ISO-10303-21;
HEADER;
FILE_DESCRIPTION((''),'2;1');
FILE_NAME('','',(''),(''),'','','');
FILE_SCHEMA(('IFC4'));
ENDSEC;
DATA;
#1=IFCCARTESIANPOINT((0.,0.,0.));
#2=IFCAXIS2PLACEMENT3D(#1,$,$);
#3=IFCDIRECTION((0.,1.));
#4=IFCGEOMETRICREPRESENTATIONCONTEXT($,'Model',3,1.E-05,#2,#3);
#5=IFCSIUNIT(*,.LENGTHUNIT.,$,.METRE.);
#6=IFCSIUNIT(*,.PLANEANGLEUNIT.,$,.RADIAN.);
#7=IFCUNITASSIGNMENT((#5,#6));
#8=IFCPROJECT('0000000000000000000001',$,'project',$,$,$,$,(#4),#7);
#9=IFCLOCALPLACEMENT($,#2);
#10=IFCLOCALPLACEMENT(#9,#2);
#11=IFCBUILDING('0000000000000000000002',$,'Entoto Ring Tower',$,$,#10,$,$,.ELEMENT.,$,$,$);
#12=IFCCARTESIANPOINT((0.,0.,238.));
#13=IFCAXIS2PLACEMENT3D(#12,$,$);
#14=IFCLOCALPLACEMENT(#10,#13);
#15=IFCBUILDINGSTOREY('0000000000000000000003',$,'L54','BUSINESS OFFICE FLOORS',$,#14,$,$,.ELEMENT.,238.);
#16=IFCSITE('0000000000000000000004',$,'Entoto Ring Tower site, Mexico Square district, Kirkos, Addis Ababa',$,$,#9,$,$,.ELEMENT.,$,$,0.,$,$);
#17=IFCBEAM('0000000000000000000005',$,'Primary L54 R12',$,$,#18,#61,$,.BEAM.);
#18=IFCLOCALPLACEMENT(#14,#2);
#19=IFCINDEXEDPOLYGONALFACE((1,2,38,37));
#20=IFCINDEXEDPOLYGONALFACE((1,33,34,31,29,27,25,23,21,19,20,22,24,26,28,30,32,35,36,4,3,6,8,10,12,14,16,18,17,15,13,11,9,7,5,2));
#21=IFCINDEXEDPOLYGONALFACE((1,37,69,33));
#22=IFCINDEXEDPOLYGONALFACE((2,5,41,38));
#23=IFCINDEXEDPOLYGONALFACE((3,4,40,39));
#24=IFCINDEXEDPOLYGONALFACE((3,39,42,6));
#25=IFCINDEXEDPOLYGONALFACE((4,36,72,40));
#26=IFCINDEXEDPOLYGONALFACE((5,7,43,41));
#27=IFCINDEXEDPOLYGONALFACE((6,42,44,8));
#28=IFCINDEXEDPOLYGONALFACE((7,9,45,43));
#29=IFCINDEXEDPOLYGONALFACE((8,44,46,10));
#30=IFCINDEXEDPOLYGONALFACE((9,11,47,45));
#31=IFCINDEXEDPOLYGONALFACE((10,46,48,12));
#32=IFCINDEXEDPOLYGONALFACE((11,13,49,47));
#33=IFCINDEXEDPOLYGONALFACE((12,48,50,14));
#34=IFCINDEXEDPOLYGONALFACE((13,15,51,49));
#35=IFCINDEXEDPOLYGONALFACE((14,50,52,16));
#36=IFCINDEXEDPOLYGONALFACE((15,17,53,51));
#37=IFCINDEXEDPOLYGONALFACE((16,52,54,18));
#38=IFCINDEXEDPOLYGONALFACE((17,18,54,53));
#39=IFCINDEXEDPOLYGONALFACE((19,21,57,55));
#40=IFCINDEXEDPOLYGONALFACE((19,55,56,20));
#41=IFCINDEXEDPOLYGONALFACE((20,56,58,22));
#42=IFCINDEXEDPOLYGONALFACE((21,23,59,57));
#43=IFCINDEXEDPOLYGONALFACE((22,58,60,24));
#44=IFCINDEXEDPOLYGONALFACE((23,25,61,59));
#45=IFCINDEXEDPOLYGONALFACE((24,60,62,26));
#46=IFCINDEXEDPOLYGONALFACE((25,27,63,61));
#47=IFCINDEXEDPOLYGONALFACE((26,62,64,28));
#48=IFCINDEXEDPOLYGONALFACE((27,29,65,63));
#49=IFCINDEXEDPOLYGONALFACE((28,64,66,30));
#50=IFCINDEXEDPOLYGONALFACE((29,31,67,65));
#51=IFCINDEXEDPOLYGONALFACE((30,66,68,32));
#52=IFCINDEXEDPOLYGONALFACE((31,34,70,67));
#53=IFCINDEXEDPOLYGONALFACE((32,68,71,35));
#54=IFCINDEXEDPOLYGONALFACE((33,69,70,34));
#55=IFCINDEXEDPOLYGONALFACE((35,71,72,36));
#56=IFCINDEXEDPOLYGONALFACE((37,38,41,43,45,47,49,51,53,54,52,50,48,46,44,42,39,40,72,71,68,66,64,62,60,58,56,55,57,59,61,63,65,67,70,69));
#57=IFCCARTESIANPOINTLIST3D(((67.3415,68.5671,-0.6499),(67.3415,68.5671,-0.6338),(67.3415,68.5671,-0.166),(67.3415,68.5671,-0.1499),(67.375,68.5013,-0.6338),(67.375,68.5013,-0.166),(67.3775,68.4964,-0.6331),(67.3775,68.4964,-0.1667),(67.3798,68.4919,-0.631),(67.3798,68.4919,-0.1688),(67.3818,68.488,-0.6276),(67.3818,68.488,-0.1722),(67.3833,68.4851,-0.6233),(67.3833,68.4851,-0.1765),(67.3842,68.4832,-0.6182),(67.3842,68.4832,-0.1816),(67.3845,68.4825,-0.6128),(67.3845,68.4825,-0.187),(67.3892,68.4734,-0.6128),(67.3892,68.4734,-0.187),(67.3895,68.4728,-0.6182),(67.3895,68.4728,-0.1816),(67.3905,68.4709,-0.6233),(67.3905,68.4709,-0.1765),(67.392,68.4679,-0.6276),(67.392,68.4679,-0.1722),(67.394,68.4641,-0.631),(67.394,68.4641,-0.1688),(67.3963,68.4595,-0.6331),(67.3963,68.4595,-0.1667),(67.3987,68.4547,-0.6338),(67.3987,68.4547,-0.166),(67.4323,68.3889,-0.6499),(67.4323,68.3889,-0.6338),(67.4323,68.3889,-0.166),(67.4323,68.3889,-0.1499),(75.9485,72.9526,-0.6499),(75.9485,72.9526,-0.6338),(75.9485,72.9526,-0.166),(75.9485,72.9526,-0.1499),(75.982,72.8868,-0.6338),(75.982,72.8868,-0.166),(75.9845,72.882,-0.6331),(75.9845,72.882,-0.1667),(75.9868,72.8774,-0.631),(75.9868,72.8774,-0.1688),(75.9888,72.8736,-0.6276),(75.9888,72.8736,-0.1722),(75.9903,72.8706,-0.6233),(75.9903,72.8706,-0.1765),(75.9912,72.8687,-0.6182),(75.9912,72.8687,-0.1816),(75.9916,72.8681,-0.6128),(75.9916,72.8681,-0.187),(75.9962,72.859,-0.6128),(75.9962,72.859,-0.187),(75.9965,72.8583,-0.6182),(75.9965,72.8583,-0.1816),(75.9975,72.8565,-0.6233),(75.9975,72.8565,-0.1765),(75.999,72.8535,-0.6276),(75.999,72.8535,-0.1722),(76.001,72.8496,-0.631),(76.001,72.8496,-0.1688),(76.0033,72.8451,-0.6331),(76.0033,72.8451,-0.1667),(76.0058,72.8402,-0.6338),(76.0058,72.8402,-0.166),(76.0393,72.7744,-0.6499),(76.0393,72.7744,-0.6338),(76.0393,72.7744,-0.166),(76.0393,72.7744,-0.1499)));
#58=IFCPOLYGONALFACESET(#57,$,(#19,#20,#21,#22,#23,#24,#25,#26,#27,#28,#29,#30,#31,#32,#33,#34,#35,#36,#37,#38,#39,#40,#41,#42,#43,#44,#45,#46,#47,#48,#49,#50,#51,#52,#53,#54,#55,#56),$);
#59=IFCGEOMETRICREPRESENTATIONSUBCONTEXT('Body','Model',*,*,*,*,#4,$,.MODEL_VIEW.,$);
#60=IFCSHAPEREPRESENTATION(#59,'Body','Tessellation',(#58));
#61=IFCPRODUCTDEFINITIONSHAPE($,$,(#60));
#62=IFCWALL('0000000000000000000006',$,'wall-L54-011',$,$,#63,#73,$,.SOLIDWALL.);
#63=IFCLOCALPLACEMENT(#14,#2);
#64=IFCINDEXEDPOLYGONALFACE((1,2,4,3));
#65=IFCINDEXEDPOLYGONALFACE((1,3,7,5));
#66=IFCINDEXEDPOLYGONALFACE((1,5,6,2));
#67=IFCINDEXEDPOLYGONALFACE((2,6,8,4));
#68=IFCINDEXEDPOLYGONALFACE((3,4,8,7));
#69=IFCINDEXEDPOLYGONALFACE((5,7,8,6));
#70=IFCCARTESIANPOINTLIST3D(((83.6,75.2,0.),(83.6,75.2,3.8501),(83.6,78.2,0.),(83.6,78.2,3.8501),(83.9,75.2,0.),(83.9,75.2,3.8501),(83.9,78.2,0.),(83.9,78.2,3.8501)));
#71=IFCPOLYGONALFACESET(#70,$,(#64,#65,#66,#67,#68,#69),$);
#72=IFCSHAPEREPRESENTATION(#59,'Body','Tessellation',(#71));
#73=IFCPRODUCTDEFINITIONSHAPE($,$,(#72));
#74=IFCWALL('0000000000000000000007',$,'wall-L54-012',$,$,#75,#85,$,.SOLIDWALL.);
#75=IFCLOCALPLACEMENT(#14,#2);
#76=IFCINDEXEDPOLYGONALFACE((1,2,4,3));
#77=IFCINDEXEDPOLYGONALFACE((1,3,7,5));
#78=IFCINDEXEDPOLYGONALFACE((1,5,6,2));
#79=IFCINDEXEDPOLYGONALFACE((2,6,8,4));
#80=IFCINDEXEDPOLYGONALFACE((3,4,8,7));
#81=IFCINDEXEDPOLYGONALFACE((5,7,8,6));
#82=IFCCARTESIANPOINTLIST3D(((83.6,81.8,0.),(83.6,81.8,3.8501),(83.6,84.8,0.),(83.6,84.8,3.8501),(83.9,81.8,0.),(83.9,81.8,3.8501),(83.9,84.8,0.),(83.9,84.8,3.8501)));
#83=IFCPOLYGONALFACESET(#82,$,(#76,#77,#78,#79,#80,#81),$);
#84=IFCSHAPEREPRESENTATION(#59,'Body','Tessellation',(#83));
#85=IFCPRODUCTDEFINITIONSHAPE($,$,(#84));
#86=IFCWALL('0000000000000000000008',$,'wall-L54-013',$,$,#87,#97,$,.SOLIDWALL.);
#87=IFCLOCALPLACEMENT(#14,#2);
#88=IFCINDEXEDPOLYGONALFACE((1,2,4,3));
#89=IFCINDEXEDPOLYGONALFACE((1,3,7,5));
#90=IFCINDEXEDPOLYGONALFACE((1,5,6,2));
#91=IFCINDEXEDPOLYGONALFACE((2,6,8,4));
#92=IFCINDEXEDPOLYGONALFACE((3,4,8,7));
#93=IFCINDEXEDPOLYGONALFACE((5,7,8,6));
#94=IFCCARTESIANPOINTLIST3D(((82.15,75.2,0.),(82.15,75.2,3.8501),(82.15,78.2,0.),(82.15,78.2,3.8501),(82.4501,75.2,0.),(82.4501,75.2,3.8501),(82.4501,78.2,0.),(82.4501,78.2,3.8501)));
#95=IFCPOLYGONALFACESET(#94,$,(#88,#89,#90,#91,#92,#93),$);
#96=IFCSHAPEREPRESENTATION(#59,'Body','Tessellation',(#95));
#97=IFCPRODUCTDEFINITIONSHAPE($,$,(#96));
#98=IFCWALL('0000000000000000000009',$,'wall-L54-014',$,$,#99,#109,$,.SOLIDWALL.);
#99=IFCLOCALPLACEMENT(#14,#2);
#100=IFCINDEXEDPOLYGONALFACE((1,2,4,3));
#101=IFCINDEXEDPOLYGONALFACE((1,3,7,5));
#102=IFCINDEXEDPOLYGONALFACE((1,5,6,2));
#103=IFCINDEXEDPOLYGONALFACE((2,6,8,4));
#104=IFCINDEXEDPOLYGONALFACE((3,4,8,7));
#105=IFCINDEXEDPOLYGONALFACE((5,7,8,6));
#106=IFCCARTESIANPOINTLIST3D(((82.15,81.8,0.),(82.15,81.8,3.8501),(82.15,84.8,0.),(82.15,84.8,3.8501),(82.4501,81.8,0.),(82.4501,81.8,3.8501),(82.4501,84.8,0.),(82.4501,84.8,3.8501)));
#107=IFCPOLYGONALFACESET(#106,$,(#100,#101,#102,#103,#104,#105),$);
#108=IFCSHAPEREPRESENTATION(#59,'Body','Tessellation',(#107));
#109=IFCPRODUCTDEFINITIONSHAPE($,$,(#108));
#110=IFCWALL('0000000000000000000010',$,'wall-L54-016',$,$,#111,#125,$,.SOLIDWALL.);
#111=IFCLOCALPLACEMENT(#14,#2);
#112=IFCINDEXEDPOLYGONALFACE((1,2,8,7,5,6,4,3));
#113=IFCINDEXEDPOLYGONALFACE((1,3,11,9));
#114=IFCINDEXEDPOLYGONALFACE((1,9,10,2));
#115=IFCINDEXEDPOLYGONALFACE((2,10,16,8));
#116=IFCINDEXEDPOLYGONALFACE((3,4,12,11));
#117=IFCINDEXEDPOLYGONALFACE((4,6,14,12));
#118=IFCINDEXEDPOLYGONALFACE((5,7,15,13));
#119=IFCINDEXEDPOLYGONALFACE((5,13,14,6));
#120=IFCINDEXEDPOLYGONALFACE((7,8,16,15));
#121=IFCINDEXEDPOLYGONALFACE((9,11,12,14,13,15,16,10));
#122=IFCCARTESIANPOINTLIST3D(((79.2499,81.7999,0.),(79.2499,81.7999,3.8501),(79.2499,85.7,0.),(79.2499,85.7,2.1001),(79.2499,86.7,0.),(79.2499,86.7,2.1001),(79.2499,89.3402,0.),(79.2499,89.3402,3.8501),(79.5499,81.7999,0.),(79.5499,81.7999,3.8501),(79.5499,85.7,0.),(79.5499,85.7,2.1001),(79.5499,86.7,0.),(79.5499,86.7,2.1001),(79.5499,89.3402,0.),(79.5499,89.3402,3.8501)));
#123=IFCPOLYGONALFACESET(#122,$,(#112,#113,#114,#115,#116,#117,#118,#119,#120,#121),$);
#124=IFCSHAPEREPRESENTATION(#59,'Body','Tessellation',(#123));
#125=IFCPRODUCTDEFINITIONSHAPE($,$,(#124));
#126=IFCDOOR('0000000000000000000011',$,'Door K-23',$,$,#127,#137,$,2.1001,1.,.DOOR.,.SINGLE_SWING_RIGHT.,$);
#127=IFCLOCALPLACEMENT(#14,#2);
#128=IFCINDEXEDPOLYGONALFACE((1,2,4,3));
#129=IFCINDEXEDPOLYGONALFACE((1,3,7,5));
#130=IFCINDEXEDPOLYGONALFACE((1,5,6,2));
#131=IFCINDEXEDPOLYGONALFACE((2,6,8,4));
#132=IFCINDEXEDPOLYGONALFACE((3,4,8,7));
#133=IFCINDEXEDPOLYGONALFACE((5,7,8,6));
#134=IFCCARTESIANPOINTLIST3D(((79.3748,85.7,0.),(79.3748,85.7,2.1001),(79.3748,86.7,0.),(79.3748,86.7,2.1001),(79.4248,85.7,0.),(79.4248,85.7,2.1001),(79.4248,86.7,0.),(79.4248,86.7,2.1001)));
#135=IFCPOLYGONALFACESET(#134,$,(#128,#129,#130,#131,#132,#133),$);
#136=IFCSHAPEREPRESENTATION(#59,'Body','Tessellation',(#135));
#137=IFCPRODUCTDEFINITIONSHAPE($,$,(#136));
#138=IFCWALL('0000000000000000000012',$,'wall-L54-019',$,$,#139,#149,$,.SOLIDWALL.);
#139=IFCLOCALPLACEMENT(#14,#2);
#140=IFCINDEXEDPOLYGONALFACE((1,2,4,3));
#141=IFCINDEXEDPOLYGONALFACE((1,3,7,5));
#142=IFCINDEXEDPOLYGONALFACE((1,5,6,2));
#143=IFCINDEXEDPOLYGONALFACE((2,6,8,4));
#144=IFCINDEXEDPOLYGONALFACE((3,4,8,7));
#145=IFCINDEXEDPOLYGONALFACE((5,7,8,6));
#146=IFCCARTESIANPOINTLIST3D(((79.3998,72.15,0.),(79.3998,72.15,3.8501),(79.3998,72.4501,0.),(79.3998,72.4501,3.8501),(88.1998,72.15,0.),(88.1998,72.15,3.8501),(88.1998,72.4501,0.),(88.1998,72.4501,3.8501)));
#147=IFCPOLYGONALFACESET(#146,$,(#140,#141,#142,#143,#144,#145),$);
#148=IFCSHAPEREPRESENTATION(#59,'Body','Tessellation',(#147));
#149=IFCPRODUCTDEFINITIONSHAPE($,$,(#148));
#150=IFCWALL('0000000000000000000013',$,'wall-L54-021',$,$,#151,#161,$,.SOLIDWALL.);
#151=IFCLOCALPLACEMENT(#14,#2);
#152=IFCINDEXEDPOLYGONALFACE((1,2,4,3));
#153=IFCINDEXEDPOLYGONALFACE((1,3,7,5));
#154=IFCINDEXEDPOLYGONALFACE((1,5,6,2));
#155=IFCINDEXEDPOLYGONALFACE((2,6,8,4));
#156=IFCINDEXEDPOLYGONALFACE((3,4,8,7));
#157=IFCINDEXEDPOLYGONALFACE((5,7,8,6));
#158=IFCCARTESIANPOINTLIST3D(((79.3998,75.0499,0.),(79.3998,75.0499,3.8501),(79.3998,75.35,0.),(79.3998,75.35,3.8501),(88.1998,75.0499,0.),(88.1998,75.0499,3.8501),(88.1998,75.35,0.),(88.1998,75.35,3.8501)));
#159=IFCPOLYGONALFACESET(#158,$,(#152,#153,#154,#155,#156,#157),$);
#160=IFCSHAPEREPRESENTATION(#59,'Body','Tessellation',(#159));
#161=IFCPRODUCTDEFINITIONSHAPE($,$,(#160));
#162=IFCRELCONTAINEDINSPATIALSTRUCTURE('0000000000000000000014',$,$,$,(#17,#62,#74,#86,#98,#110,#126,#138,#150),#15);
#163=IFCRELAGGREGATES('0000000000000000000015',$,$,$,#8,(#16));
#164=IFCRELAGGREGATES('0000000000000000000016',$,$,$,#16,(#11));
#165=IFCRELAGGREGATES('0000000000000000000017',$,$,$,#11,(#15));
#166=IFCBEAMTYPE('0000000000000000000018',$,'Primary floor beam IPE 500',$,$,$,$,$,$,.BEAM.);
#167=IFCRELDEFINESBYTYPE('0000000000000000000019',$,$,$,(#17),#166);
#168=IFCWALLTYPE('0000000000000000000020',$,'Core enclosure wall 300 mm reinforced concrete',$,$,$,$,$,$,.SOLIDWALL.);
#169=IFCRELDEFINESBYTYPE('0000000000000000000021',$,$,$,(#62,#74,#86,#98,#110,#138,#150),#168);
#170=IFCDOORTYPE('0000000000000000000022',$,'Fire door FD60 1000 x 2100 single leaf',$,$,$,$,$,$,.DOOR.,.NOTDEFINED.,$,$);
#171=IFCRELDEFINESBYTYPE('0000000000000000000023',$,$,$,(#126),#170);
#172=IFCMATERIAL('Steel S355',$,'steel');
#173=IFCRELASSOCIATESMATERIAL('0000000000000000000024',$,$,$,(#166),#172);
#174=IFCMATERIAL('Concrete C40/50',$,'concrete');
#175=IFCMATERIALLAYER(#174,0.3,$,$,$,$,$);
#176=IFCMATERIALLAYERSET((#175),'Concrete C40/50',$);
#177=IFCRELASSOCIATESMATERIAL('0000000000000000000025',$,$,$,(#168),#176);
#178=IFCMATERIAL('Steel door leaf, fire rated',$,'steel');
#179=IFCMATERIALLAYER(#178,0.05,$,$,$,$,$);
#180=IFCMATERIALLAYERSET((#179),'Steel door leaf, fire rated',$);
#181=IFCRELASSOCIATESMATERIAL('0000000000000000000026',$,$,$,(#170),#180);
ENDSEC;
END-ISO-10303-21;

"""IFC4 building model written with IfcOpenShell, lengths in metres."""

from ifc_helpers import new_model, si_unit, direction, frame, frame_2d, origin, origin_2d, place, context, subcontext, project, spatial, rectangle, i_section, extrude, material, layer, layer_set, material_profile, profile_set, type_object, element, fill, save


model = new_model("IFC4")

# Units and contexts
model_context = context("Model", 3, precision=1e-05, world=origin(), true_north=direction((0.0, 1.0)))
body_context = subcontext(model_context, "Body", "Model", "MODEL_VIEW")
ifc_project = project(units=[si_unit("LENGTHUNIT", "METRE"), si_unit("PLANEANGLEUNIT", "RADIAN")], contexts=[model_context])

# Site, building, storey
site_placement = place(None, origin())
site = spatial("IfcSite", under=ifc_project, at=site_placement, Name="Entoto Ring Tower site, Mexico Square district, Kirkos, Addis Ababa", CompositionType="ELEMENT", RefElevation=0.0)
building_placement = place(site_placement, origin())
building = spatial("IfcBuilding", under=site, at=building_placement, Name="Entoto Ring Tower", CompositionType="ELEMENT")
storey_placement = place(building_placement, frame((0.0, 0.0, 238.0)))
storey = spatial("IfcBuildingStorey", under=building, at=storey_placement, Name="L54", Description="BUSINESS OFFICE FLOORS", CompositionType="ELEMENT", Elevation=238.0)

# Beam
ifc_material_1 = material(Name="Steel S355", Category="steel")
ifc_material_profile = material_profile(ifc_material_1, i_section(OverallWidth=0.2, OverallDepth=0.5, WebThickness=0.0103, FlangeThickness=0.0161, FilletRadius=0.021, at=origin_2d()), Name="IPE 500")
ifc_profile_set = profile_set([ifc_material_profile], Name="Steel S355")
beam_type = type_object("IfcBeamType", Name="Primary floor beam IPE 500", PredefinedType="BEAM", material=ifc_profile_set)
beam_placement = place(storey_placement, frame((75.9939, 72.8635, -0.3999), z_axis=(-0.891005, -0.453994, 0.0), x_axis=(0.453994, -0.891005, 0.0)))
element("IfcBeam", 1, at=beam_placement, inside=storey, type_object=beam_type, Name="Primary L54 R12", PredefinedType="BEAM", context=body_context, shape_type="SweptSolid", body=[
    extrude(i_section(OverallWidth=0.2, OverallDepth=0.5, WebThickness=0.0103, FlangeThickness=0.0161, FilletRadius=0.021, at=origin_2d()), origin(), (0.0, 0.0, 1.0), 9.6599),
])

# Walls
ifc_material_2 = material(Name="Concrete C40/50", Category="concrete")
ifc_layer_1 = layer(ifc_material_2, 0.3)
ifc_layer_set_1 = layer_set([ifc_layer_1], Name="Concrete C40/50")
wall_type = type_object("IfcWallType", Name="Core enclosure wall 300 mm reinforced concrete", PredefinedType="SOLIDWALL", material=ifc_layer_set_1)
for number, where, z_axis, x_axis, name in (
    (2, (83.75, 75.2, 0.0), (0.0, 0.0, 1.0), (0.0, 1.0, 0.0), "wall-L54-011"),
    (3, (83.75, 81.8, 0.0), (0.0, 0.0, 1.0), (0.0, 1.0, 0.0), "wall-L54-012"),
    (4, (82.3, 75.2, 0.0), (0.0, 0.0, 1.0), (0.0, 1.0, 0.0), "wall-L54-013"),
    (5, (82.3, 81.8, 0.0), (0.0, 0.0, 1.0), (0.0, 1.0, 0.0), "wall-L54-014"),
):
    element("IfcWall", number, at=place(storey_placement, frame(where, z_axis=z_axis, x_axis=x_axis)), inside=storey, type_object=wall_type, Name=name, PredefinedType="SOLIDWALL", context=body_context, shape_type="SweptSolid", body=[
        extrude(rectangle(XDim=3.0, YDim=0.3, at=frame_2d((1.5, 0.0))), origin(), (0.0, 0.0, 1.0), 3.8501),
    ])

# Wall, opening, door
wall_1_placement = place(storey_placement, frame((79.3999, 81.8, 0.0), z_axis=(0.0, 0.0, 1.0), x_axis=(0.0, 1.0, 0.0)))
wall_1 = element("IfcWall", 6, at=wall_1_placement, inside=storey, type_object=wall_type, Name="wall-L54-016", PredefinedType="SOLIDWALL", context=body_context, shape_type="SweptSolid", body=[
    extrude(rectangle(XDim=7.5403, YDim=0.3, at=frame_2d((3.77, 0.0))), origin(), (0.0, 0.0, 1.0), 3.8501),
])
opening_1_placement = place(wall_1_placement, frame((3.8999, 0.0, 0.0)))
opening_1 = element("IfcOpeningElement", 7, at=opening_1_placement, cuts=wall_1, PredefinedType="OPENING", context=body_context, shape_type="SweptSolid", body=[
    extrude(rectangle(XDim=1.0, YDim=2.1001, at=frame_2d((0.5, 1.05))), frame((0.0, 0.1602, 0.0), z_axis=(0.0, -1.0, 0.0), x_axis=(1.0, 0.0, 0.0)), (0.0, 0.0, 1.0), 0.3201),
])
ifc_material_3 = material(Name="Steel door leaf, fire rated", Category="steel")
ifc_layer_2 = layer(ifc_material_3, 0.05)
ifc_layer_set_2 = layer_set([ifc_layer_2], Name="Steel door leaf, fire rated")
door_type_1 = type_object("IfcDoorType", Name="Fire door FD60 1000 x 2100 single leaf", OperationType="NOTDEFINED", PredefinedType="DOOR", material=ifc_layer_set_2)
door_1_placement = place(opening_1_placement, frame((1.0, 0.0, 0.0), z_axis=(0.0, 0.0, 1.0), x_axis=(-1.0, 0.0, 0.0)))
door_1 = element("IfcDoor", 8, at=door_1_placement, inside=storey, type_object=door_type_1, Name="Door K-23", OperationType="SINGLE_SWING_RIGHT", OverallHeight=2.1001, OverallWidth=1.0, PredefinedType="DOOR", context=body_context, shape_type="SweptSolid", body=[
    extrude(rectangle(XDim=1.0, YDim=2.1001, at=frame_2d((0.5, 1.05))), frame((0.0, 0.0249, 0.0), z_axis=(0.0, -1.0, 0.0), x_axis=(1.0, 0.0, 0.0)), (0.0, 0.0, 1.0), 0.05),
])
fill(opening_1, door_1)

# Walls
for number, where, z_axis, x_axis, name in (
    (9, (79.3999, 72.3, 0.0), (0.0, 0.0, 1.0), (1.0, 0.0, 0.0), "wall-L54-019"),
    (10, (79.3999, 75.2, 0.0), (0.0, 0.0, 1.0), (1.0, 0.0, 0.0), "wall-L54-021"),
):
    element("IfcWall", number, at=place(storey_placement, frame(where, z_axis=z_axis, x_axis=x_axis)), inside=storey, type_object=wall_type, Name=name, PredefinedType="SOLIDWALL", context=body_context, shape_type="SweptSolid", body=[
        extrude(rectangle(XDim=8.8, YDim=0.3, at=frame_2d((4.3999, 0.0))), origin(), (0.0, 0.0, 1.0), 3.8501),
    ])

save(model, "model.ifc")
